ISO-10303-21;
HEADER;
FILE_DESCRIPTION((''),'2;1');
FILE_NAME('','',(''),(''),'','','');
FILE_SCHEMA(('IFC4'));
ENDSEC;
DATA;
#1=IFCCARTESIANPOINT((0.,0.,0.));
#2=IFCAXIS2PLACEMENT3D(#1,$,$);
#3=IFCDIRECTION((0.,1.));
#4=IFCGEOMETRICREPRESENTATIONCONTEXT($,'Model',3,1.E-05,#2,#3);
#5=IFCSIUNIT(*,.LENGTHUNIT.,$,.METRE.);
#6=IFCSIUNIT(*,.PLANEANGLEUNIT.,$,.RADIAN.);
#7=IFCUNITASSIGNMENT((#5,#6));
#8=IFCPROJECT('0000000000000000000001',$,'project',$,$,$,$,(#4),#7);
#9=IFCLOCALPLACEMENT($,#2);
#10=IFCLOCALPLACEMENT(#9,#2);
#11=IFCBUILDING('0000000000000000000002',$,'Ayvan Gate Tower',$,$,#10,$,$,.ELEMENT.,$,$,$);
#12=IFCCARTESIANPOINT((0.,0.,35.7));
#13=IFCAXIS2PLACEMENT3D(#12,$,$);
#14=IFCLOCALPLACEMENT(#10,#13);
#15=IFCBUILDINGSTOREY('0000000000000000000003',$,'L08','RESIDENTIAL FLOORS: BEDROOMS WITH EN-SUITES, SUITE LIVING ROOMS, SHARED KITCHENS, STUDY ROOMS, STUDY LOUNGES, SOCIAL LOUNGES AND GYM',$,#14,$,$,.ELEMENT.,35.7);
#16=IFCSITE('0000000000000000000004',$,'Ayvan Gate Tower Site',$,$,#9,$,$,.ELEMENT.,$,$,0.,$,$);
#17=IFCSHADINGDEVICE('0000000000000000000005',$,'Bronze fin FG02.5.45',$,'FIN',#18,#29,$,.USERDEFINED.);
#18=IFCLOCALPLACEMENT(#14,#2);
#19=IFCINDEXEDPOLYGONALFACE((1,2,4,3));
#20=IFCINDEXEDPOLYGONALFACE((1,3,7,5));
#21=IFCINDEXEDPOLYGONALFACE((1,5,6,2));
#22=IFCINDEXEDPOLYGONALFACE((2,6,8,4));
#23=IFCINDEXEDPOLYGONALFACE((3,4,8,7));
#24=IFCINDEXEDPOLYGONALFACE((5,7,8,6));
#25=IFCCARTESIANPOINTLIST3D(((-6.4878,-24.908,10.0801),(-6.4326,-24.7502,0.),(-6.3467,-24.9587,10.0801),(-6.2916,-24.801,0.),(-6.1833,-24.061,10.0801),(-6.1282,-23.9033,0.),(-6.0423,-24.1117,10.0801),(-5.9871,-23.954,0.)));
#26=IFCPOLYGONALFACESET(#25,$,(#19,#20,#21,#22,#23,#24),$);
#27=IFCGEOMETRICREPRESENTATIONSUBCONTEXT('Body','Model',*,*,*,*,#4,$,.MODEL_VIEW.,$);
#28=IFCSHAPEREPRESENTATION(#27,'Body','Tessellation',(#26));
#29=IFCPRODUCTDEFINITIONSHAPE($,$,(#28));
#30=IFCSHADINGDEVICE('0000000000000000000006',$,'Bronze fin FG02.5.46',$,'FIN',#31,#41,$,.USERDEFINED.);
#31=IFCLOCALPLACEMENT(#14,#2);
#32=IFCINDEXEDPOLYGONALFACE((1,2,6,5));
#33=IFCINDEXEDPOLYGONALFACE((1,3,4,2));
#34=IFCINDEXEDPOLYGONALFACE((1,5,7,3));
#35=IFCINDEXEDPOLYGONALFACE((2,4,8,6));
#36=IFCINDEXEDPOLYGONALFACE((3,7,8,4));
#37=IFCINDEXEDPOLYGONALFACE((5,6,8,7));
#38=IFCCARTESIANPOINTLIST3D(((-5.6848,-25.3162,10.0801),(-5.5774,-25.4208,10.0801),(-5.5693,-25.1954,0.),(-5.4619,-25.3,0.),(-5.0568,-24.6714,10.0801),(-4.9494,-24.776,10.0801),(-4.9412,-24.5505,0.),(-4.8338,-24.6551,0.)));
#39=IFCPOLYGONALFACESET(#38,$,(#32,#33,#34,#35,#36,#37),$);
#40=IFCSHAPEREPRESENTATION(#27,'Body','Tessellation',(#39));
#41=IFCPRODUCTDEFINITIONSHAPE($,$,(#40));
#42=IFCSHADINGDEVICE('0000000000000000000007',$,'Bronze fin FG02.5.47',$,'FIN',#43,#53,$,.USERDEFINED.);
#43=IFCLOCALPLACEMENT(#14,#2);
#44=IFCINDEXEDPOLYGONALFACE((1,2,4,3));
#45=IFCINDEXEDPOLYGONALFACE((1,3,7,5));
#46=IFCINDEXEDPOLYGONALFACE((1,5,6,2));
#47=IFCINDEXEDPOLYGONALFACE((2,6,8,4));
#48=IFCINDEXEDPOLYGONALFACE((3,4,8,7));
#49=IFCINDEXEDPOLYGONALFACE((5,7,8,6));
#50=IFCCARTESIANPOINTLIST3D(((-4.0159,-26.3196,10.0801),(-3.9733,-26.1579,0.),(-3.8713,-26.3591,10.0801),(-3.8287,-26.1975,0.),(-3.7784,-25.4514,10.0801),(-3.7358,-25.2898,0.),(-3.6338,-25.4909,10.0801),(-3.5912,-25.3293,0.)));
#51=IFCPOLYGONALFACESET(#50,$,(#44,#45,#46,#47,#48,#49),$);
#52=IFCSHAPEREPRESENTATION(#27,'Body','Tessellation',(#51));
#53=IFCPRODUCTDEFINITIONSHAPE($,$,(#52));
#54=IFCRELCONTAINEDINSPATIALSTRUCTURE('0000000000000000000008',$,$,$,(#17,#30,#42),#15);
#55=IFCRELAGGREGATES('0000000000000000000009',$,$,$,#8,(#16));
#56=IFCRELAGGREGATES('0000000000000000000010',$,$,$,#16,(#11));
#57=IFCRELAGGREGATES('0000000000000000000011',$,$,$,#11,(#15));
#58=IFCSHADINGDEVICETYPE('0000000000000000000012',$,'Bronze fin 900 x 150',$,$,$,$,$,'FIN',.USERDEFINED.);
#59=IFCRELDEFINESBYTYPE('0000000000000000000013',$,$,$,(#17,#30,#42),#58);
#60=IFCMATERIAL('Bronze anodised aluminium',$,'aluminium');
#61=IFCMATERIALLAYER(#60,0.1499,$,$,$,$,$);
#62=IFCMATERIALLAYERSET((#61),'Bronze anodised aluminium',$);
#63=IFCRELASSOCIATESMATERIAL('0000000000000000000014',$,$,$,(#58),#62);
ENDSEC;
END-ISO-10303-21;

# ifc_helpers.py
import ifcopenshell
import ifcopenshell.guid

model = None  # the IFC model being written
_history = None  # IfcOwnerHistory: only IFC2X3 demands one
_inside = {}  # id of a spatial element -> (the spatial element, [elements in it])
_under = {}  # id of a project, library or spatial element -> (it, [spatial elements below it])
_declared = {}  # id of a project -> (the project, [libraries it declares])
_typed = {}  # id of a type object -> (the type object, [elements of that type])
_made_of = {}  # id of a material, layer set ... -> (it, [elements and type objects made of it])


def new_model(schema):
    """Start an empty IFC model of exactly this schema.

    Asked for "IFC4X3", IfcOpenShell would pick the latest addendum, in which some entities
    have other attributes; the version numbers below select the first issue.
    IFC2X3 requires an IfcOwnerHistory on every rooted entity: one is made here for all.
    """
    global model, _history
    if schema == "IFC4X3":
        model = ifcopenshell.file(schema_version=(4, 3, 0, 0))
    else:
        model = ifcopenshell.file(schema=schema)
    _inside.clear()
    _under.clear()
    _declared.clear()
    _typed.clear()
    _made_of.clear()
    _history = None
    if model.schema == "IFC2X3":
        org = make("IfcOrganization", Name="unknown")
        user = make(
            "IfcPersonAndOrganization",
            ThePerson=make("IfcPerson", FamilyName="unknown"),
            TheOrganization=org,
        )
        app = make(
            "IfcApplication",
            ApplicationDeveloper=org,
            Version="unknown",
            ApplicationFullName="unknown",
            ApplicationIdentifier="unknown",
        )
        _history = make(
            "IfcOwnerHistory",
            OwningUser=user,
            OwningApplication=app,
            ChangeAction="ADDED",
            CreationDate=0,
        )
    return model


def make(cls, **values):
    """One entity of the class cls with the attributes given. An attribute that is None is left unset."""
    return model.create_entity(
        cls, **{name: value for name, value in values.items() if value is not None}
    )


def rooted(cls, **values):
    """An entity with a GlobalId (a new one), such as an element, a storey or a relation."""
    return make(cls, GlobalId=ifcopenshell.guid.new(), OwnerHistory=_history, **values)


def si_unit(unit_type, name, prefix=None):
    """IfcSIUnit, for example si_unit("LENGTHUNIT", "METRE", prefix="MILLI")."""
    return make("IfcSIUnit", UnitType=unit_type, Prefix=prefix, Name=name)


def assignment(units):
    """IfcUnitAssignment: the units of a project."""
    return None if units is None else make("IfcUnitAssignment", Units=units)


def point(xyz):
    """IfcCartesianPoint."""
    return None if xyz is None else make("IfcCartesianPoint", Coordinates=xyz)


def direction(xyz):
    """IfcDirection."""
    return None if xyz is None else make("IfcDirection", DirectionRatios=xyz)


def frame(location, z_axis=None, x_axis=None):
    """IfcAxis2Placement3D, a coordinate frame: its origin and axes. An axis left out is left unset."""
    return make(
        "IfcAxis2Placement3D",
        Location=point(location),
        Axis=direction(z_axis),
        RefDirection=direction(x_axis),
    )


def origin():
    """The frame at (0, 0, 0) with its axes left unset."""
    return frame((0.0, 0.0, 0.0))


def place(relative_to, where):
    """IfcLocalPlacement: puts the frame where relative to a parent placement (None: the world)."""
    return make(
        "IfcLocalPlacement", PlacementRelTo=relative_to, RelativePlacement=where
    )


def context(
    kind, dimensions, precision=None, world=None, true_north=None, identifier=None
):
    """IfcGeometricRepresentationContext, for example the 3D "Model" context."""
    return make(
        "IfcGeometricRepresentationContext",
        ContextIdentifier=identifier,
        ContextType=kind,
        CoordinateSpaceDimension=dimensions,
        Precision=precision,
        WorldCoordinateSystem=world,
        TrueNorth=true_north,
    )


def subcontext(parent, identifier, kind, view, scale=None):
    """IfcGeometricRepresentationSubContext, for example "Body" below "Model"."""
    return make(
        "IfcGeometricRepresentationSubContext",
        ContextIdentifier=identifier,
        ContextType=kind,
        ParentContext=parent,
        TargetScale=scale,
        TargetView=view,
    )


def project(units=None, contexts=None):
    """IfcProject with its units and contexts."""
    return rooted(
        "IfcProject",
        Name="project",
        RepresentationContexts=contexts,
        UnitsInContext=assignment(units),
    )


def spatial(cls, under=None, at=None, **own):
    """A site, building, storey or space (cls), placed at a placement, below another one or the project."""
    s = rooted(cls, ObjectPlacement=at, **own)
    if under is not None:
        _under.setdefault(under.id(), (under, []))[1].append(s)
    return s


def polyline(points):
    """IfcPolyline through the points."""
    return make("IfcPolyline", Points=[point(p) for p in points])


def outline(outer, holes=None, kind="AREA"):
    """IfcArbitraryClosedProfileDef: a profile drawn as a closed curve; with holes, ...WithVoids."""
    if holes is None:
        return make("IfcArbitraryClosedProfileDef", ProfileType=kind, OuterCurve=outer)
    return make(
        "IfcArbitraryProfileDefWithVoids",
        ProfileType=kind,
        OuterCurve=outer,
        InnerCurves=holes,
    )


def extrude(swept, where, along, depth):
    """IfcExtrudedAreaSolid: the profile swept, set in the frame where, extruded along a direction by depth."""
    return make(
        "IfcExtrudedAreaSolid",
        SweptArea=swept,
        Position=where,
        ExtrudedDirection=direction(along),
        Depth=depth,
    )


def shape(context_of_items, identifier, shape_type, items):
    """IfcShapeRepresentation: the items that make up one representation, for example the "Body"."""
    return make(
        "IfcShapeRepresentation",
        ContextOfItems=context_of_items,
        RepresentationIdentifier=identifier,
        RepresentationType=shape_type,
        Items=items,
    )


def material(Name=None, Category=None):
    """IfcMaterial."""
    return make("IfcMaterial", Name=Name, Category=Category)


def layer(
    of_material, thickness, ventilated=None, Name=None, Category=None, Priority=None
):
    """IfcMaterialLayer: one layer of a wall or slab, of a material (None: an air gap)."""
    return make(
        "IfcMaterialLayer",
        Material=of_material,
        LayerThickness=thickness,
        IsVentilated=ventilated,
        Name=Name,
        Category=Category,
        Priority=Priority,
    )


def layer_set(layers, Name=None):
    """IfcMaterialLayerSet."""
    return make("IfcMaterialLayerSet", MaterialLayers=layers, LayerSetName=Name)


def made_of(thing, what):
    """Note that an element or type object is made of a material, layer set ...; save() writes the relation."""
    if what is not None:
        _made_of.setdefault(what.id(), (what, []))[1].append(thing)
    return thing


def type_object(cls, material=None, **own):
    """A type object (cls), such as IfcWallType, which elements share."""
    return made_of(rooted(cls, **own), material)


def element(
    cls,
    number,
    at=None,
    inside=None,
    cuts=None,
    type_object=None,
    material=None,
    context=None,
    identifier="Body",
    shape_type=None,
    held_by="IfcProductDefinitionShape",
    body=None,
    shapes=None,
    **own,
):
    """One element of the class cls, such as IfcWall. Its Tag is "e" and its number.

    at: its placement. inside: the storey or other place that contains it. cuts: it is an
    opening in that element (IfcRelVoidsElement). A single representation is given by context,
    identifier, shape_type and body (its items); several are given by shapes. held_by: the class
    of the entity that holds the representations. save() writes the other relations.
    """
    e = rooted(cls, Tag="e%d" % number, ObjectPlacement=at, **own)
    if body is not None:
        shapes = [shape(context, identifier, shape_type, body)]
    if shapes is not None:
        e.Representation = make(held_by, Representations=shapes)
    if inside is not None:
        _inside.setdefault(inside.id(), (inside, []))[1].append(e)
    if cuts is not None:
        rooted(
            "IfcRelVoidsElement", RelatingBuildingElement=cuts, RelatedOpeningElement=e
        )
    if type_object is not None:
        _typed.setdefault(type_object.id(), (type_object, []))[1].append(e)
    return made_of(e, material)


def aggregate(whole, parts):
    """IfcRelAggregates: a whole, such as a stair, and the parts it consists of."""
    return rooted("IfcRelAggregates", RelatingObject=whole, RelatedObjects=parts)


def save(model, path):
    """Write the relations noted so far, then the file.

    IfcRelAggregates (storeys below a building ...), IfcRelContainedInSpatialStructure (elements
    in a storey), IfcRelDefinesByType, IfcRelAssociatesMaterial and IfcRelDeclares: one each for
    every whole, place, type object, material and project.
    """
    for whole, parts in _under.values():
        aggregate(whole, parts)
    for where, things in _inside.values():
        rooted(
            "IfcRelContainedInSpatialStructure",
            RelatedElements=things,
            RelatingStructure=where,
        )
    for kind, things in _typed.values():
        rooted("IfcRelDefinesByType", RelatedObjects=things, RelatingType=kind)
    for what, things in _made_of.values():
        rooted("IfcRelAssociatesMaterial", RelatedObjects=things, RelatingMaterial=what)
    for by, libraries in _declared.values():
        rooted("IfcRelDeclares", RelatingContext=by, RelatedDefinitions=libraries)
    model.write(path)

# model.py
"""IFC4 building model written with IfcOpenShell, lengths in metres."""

from ifc_helpers import new_model, si_unit, direction, frame, origin, place, context, subcontext, project, spatial, polyline, outline, extrude, material, layer, layer_set, type_object, element, save


model = new_model("IFC4")

# Units and contexts
model_context = context("Model", 3, precision=1e-05, world=origin(), true_north=direction((0.0, 1.0)))
body_context = subcontext(model_context, "Body", "Model", "MODEL_VIEW")
ifc_project = project(units=[si_unit("LENGTHUNIT", "METRE"), si_unit("PLANEANGLEUNIT", "RADIAN")], contexts=[model_context])

# Site, building, storey
site_placement = place(None, origin())
site = spatial("IfcSite", under=ifc_project, at=site_placement, Name="Ayvan Gate Tower Site", CompositionType="ELEMENT", RefElevation=0.0)
building_placement = place(site_placement, origin())
building = spatial("IfcBuilding", under=site, at=building_placement, Name="Ayvan Gate Tower", CompositionType="ELEMENT")
storey_placement = place(building_placement, frame((0.0, 0.0, 35.7)))
storey = spatial("IfcBuildingStorey", under=building, at=storey_placement, Name="L08", Description="RESIDENTIAL FLOORS: BEDROOMS WITH EN-SUITES, SUITE LIVING ROOMS, SHARED KITCHENS, STUDY ROOMS, STUDY LOUNGES, SOCIAL LOUNGES AND GYM", CompositionType="ELEMENT", Elevation=35.7)

# Shared definitions
ifc_material_1 = material(Name="Bronze anodised aluminium", Category="aluminium")

# Shading devices
ifc_layer_1 = layer(ifc_material_1, 0.1499)
ifc_layer_set_1 = layer_set([ifc_layer_1], Name="Bronze anodised aluminium")
shading_device_type = type_object("IfcShadingDeviceType", Name="Bronze fin 900 x 150", ElementType="FIN", PredefinedType="USERDEFINED", material=ifc_layer_set_1)
shading_device_1_placement = place(storey_placement, frame((-6.1282, -23.9033, 0.0), z_axis=(-0.941046, 0.338278, 0.000142), x_axis=(-0.338278, -0.941046, 0.0)))
element("IfcShadingDevice", 1, at=shading_device_1_placement, inside=storey, type_object=shading_device_type, Name="Bronze fin FG02.5.45", ObjectType="FIN", PredefinedType="USERDEFINED", context=body_context, shape_type="SweptSolid", body=[
    extrude(outline(polyline([(0.0, 0.0), (0.9, 0.0), (1.0671, 10.0801), (0.1671, 10.0801), (0.0, 0.0)])), origin(), (0.0, 0.0, -1.0), 0.1499),
])
shading_device_2_placement = place(storey_placement, frame((-4.9412, -24.5505, 0.0), z_axis=(-0.716336, 0.697756, 0.00015), x_axis=(-0.697756, -0.716336, 0.0)))
element("IfcShadingDevice", 2, at=shading_device_2_placement, inside=storey, type_object=shading_device_type, Name="Bronze fin FG02.5.46", ObjectType="FIN", PredefinedType="USERDEFINED", context=body_context, shape_type="SweptSolid", body=[
    extrude(outline(polyline([(0.0, 0.0), (0.9002, 0.0), (1.0673, 10.0801), (0.1673, 10.0801), (0.0, 0.0)])), origin(), (0.0, 0.0, -1.0), 0.1499),
])
shading_device_3_placement = place(storey_placement, frame((-3.7358, -25.2898, 0.0), z_axis=(-0.964579, 0.263794, 0.000153), x_axis=(-0.263794, -0.964579, 0.0)))
element("IfcShadingDevice", 3, at=shading_device_3_placement, inside=storey, type_object=shading_device_type, Name="Bronze fin FG02.5.47", ObjectType="FIN", PredefinedType="USERDEFINED", context=body_context, shape_type="SweptSolid", body=[
    extrude(outline(polyline([(0.0, 0.0), (0.9, 0.0), (1.0672, 10.0801), (0.1671, 10.0801), (0.0, 0.0)])), origin(), (0.0, 0.0, -1.0), 0.1499),
])

save(model, "model.ifc")
